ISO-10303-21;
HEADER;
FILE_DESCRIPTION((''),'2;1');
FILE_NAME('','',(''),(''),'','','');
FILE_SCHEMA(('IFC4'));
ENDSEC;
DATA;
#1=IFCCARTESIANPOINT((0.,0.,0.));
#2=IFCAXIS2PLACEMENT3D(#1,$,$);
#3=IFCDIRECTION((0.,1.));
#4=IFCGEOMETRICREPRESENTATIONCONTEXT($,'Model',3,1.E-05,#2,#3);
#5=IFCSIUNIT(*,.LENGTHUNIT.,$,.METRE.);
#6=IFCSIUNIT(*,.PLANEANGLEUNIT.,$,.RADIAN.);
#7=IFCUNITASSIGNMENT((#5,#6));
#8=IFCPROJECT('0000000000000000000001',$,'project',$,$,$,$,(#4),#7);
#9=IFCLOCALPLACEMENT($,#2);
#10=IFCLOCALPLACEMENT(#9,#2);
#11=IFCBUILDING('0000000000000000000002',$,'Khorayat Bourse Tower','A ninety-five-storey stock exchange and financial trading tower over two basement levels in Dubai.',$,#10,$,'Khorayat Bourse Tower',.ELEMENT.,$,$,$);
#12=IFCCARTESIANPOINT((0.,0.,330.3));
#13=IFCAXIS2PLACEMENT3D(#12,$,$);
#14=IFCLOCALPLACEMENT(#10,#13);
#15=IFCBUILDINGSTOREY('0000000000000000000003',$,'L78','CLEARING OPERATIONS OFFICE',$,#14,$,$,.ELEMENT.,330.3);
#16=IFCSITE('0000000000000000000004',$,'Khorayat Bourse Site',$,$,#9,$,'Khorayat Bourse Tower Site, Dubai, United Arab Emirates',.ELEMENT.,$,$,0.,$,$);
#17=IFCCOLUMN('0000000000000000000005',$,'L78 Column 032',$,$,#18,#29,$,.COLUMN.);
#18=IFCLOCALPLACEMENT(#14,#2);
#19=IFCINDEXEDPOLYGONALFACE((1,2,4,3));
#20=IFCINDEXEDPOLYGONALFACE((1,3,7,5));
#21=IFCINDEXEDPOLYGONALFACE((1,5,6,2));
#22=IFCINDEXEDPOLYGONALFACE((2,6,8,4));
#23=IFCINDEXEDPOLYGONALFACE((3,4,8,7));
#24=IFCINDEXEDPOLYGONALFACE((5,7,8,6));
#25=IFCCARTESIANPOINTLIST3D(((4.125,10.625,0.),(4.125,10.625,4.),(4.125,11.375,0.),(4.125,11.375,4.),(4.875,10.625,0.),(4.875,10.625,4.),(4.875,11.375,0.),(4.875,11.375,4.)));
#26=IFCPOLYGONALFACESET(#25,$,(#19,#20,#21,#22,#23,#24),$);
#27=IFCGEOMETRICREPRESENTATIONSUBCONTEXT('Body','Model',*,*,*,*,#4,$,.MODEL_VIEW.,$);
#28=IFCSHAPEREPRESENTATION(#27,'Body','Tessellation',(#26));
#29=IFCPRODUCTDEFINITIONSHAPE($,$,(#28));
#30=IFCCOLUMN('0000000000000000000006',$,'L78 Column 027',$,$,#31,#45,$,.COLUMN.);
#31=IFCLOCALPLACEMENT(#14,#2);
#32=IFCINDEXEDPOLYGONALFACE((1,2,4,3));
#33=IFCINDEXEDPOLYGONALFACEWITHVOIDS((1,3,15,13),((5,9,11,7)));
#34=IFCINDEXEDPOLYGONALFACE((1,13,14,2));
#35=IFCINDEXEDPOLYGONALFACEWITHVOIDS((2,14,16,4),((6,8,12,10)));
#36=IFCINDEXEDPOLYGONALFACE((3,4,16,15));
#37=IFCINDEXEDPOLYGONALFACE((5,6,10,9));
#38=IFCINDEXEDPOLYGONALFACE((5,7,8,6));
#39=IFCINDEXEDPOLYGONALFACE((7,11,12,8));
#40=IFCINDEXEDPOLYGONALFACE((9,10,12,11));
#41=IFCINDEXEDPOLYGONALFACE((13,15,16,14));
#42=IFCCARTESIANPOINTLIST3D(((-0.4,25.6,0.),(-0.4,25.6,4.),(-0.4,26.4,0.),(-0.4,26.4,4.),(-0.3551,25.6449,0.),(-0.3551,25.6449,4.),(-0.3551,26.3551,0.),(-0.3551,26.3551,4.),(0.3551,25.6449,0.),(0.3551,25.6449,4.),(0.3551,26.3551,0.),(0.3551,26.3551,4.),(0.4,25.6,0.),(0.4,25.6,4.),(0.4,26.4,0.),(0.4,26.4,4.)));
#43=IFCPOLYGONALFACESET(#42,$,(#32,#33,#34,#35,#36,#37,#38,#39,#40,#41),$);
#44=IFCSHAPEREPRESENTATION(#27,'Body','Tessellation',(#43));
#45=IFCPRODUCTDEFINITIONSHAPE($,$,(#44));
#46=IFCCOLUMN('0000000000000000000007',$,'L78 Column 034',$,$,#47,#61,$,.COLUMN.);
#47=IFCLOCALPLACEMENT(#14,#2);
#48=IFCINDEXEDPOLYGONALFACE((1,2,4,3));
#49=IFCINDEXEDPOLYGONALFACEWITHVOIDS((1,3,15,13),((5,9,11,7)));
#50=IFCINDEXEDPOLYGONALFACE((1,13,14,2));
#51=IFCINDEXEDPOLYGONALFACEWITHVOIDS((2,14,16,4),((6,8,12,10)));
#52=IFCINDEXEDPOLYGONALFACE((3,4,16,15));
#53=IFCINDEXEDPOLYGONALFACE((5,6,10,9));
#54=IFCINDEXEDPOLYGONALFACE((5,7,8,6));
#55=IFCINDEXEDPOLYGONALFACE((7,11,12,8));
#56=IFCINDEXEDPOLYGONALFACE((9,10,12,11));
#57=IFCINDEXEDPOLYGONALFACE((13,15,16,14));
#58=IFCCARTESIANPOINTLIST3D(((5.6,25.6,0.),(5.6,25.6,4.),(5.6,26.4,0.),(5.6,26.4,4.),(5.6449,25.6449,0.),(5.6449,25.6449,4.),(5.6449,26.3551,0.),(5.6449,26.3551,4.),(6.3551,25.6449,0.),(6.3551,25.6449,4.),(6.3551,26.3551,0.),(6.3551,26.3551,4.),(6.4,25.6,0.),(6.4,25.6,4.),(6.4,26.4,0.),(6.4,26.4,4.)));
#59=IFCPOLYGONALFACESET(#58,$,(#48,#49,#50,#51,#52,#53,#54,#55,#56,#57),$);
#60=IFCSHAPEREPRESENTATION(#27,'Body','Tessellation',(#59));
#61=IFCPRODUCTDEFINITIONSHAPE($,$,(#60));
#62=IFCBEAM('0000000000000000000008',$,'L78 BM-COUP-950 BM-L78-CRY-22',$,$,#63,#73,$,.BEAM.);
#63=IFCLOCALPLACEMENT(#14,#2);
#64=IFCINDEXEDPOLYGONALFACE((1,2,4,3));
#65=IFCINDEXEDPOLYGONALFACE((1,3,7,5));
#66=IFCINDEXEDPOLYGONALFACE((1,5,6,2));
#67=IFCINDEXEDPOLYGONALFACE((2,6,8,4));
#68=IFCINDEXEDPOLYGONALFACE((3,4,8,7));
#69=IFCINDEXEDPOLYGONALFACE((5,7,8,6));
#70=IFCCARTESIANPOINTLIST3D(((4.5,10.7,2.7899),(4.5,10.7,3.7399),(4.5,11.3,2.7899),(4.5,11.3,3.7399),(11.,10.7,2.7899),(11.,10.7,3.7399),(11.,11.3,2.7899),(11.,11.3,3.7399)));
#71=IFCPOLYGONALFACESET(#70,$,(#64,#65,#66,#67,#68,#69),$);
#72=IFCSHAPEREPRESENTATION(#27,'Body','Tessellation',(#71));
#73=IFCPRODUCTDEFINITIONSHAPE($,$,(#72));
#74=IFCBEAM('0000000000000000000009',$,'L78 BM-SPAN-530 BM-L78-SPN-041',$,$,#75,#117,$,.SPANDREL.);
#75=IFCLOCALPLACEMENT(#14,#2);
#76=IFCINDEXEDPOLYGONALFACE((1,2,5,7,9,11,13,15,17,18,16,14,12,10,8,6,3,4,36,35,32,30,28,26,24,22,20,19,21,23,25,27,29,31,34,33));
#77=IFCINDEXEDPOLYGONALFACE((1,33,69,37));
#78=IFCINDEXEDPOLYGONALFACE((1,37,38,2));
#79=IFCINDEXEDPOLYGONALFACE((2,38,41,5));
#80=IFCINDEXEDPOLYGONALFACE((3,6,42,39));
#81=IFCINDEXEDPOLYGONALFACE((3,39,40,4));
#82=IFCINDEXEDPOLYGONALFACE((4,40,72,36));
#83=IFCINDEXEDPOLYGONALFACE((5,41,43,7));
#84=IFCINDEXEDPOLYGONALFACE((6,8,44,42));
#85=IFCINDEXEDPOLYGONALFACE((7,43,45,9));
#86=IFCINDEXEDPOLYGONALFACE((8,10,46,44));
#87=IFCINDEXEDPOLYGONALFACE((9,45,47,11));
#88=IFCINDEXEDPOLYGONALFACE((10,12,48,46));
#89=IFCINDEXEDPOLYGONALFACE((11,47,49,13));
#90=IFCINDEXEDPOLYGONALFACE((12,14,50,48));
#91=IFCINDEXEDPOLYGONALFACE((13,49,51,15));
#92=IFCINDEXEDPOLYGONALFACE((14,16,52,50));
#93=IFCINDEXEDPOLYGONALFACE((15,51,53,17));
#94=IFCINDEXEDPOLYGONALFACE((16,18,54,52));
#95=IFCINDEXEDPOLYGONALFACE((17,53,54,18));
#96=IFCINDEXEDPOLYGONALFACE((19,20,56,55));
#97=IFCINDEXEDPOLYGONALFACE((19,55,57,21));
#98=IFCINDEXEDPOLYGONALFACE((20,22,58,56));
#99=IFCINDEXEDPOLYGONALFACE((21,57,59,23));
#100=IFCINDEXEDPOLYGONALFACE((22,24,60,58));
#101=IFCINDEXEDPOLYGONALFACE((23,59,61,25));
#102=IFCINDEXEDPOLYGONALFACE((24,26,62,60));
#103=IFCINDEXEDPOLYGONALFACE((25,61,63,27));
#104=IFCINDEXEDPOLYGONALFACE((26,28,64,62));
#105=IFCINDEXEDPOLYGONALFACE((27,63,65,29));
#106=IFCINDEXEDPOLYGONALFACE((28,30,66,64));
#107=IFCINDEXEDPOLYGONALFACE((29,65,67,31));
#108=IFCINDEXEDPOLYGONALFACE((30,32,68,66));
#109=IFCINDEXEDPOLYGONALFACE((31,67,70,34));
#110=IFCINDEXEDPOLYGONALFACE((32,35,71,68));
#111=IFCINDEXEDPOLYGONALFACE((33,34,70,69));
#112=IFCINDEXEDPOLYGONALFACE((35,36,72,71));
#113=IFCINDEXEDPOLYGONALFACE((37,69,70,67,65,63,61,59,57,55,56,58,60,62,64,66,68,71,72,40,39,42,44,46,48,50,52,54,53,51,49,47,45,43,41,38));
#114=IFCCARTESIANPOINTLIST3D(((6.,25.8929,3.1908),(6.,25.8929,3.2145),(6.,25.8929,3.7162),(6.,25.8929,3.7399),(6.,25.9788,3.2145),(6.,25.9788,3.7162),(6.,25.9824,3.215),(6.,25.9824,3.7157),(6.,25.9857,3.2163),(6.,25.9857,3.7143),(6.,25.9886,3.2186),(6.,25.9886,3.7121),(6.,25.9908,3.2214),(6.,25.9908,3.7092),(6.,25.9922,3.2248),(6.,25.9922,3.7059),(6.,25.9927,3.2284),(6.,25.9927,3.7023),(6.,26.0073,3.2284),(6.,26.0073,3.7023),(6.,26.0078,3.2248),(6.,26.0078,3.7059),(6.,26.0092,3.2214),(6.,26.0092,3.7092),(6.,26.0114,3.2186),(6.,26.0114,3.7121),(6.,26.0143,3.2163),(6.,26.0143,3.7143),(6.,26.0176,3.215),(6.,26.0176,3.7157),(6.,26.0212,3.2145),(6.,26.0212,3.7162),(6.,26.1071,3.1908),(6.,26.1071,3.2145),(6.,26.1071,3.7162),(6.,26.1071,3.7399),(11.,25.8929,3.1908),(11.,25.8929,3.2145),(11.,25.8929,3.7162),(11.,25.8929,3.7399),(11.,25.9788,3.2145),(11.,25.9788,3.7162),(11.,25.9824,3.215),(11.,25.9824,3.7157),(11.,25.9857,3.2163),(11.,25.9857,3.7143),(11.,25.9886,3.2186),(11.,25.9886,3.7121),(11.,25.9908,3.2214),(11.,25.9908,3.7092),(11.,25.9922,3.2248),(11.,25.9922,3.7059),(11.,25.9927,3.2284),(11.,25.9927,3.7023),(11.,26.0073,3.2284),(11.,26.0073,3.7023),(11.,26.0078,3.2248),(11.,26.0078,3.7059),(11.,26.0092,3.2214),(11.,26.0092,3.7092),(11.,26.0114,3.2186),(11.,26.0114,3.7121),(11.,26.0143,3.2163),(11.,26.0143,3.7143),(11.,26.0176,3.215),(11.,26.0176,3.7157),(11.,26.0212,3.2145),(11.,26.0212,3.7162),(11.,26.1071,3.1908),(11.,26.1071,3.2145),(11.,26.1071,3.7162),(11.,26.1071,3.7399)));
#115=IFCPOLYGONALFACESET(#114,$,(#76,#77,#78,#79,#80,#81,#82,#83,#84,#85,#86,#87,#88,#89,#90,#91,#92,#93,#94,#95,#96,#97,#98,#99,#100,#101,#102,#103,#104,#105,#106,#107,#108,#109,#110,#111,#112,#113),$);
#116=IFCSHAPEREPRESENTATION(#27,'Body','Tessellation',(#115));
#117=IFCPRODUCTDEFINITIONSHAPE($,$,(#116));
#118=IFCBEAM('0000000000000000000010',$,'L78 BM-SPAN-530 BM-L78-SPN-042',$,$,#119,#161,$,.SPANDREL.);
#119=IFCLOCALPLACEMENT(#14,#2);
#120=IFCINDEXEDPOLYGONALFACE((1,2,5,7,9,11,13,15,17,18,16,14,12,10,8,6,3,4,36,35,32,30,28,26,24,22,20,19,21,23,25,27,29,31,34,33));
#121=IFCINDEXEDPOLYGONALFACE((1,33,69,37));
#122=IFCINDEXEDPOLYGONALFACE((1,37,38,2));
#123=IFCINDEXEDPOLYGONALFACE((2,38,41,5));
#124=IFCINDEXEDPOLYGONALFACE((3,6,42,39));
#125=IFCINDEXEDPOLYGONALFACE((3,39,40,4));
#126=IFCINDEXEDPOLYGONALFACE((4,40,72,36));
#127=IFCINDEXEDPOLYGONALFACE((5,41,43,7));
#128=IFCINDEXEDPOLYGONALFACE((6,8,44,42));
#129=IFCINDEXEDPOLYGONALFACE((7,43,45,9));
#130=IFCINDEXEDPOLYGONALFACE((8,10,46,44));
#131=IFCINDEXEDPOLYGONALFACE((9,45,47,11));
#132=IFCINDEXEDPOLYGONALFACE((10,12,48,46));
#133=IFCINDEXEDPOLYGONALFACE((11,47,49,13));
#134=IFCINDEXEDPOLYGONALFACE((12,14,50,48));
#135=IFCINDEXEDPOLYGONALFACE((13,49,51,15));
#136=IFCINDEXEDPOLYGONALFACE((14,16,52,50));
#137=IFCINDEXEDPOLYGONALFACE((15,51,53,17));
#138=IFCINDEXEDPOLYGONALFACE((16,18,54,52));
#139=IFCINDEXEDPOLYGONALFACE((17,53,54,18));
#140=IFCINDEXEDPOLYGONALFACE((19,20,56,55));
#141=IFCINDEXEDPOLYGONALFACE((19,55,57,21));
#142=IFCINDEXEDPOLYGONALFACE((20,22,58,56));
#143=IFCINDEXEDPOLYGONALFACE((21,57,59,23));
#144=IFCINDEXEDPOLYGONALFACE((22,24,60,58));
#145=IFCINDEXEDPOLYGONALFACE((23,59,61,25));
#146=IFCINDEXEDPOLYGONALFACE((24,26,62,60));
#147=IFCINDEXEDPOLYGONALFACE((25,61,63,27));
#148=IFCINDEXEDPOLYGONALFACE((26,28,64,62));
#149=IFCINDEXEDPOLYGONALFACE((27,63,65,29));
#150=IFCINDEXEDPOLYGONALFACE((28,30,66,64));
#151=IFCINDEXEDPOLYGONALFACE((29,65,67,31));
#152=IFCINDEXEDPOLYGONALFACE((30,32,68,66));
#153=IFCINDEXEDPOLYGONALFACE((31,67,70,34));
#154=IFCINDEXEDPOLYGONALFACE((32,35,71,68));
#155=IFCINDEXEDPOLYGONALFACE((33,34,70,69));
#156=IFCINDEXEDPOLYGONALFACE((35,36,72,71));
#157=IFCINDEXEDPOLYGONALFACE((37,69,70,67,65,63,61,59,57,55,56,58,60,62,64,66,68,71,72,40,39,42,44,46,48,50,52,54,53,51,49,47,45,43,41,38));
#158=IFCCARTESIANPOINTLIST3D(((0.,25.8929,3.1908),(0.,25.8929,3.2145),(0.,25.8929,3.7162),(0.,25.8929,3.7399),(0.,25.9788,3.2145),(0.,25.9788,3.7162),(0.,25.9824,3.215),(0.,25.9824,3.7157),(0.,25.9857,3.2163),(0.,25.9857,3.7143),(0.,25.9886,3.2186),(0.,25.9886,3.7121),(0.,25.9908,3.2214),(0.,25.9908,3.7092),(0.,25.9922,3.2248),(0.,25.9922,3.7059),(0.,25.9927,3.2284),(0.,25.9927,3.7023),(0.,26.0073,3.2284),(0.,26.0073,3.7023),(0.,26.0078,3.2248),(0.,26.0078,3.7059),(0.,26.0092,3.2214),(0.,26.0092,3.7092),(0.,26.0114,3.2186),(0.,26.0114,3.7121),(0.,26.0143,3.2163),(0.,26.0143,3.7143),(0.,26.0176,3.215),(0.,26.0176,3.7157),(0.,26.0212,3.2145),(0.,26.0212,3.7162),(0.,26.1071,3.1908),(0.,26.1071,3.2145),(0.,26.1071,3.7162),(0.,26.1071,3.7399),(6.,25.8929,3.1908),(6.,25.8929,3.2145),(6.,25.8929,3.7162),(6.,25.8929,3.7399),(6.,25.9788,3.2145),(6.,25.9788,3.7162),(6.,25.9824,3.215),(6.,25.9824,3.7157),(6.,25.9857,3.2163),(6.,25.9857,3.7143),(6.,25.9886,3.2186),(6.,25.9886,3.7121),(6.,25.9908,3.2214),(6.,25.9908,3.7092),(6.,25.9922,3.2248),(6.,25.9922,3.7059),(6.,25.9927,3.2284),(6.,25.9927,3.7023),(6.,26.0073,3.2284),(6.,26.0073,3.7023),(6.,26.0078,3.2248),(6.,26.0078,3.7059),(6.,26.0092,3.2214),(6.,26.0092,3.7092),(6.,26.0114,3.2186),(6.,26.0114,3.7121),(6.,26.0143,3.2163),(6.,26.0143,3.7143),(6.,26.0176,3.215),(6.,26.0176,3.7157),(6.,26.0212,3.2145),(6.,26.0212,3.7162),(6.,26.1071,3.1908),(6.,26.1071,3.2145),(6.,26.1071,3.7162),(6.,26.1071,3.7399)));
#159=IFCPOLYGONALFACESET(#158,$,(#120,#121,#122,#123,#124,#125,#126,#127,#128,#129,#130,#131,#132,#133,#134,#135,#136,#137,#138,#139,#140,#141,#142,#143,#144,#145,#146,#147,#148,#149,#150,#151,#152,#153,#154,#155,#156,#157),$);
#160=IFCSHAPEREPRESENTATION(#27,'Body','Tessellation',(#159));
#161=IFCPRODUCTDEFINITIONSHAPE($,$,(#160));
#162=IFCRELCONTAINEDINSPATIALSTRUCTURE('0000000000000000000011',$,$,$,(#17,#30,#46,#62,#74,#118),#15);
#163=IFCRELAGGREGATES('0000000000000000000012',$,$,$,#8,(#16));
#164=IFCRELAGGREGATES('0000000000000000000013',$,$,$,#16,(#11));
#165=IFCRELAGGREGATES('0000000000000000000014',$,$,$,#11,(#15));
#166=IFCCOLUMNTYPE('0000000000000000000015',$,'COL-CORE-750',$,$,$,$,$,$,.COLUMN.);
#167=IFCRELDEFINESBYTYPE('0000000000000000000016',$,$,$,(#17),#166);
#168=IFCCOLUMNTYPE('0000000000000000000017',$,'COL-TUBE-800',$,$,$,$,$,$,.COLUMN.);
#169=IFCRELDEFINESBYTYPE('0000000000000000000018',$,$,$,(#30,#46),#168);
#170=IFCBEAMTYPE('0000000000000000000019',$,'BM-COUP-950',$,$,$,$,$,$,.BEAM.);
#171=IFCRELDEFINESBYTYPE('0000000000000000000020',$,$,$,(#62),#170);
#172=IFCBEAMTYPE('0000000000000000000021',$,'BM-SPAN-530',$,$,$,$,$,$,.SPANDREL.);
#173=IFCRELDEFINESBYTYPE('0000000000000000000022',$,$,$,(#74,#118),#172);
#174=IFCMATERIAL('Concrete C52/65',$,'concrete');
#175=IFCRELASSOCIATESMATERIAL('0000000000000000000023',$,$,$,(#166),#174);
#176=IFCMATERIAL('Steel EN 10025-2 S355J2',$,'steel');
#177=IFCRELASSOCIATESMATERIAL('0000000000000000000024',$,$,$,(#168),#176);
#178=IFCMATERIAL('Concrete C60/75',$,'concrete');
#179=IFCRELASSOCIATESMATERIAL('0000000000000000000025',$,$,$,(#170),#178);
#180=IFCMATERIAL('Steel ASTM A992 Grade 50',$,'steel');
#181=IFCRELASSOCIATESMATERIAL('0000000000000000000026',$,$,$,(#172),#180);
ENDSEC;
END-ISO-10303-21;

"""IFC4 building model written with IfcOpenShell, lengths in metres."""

from ifc_helpers import new_model, si_unit, direction, frame, origin, origin_2d, place, context, subcontext, project, spatial, rectangle, hollow_rectangle, i_section, extrude, source, transform, mapped, material, material_profile, profile_set, type_object, element, save


model = new_model("IFC4")

# Units and contexts
model_context = context("Model", 3, precision=1e-05, world=origin(), true_north=direction((0.0, 1.0)))
body_context = subcontext(model_context, "Body", "Model", "MODEL_VIEW")
ifc_project = project(units=[si_unit("LENGTHUNIT", "METRE"), si_unit("PLANEANGLEUNIT", "RADIAN")], contexts=[model_context])

# Site, building, storey
site_placement = place(None, origin())
site = spatial("IfcSite", under=ifc_project, at=site_placement, Name="Khorayat Bourse Site", LongName="Khorayat Bourse Tower Site, Dubai, United Arab Emirates", CompositionType="ELEMENT", RefElevation=0.0)
building_placement = place(site_placement, origin())
building = spatial("IfcBuilding", under=site, at=building_placement, Name="Khorayat Bourse Tower", Description="A ninety-five-storey stock exchange and financial trading tower over two basement levels in Dubai.", LongName="Khorayat Bourse Tower", CompositionType="ELEMENT")
storey_placement = place(building_placement, frame((0.0, 0.0, 330.3)))
storey = spatial("IfcBuildingStorey", under=building, at=storey_placement, Name="L78", Description="CLEARING OPERATIONS OFFICE", CompositionType="ELEMENT", Elevation=330.3)

# Columns
ifc_material_1 = material(Name="Concrete C52/65", Category="concrete")
ifc_material_profile_1 = material_profile(ifc_material_1, rectangle(XDim=0.75, YDim=0.75, at=origin_2d()), Name="RC 750x750")
ifc_profile_set_1 = profile_set([ifc_material_profile_1], Name="Concrete C52/65")
column_type_1 = type_object("IfcColumnType", Name="COL-CORE-750", PredefinedType="COLUMN", material=ifc_profile_set_1)
shared_shape_1 = source(origin(), body_context, "Body", "SweptSolid", [
    extrude(rectangle(XDim=0.75, YDim=0.75, at=origin_2d()), origin(), (0.0, 0.0, 1.0), 4.0),
])
column_placement = place(storey_placement, frame((4.5, 11.0, 0.0), z_axis=(0.0, 0.0, 1.0), x_axis=(1.0, 0.0, 0.0)))
element("IfcColumn", 1, at=column_placement, inside=storey, type_object=column_type_1, Name="L78 Column 032", PredefinedType="COLUMN", context=body_context, shape_type="MappedRepresentation", body=[
    mapped(shared_shape_1, transform((0.0, 0.0, 0.0), scale=1.0)),
])
ifc_material_2 = material(Name="Steel EN 10025-2 S355J2", Category="steel")
ifc_material_profile_2 = material_profile(ifc_material_2, hollow_rectangle(XDim=0.8, YDim=0.8, WallThickness=0.0449, at=origin_2d()), Name="BOX 800x800x45")
ifc_profile_set_2 = profile_set([ifc_material_profile_2], Name="Steel EN 10025-2 S355J2")
column_type_2 = type_object("IfcColumnType", Name="COL-TUBE-800", PredefinedType="COLUMN", material=ifc_profile_set_2)
shared_shape_2 = source(origin(), body_context, "Body", "SweptSolid", [
    extrude(hollow_rectangle(XDim=0.8, YDim=0.8, WallThickness=0.0449, at=origin_2d()), origin(), (0.0, 0.0, 1.0), 4.0),
])
for number, where, z_axis, x_axis, name in (
    (2, (0.0, 26.0, 0.0), (0.0, 0.0, 1.0), (1.0, 0.0, 0.0), "L78 Column 027"),
    (3, (6.0, 26.0, 0.0), (0.0, 0.0, 1.0), (1.0, 0.0, 0.0), "L78 Column 034"),
):
    element("IfcColumn", number, at=place(storey_placement, frame(where, z_axis=z_axis, x_axis=x_axis)), inside=storey, type_object=column_type_2, Name=name, PredefinedType="COLUMN", context=body_context, shape_type="MappedRepresentation", body=[
        mapped(shared_shape_2, transform((0.0, 0.0, 0.0), scale=1.0)),
    ])

# Beams
ifc_material_3 = material(Name="Concrete C60/75", Category="concrete")
ifc_material_profile_3 = material_profile(ifc_material_3, rectangle(XDim=0.6001, YDim=0.95, at=origin_2d()), Name="RC 600x950")
ifc_profile_set_3 = profile_set([ifc_material_profile_3], Name="Concrete C60/75")
beam_type_1 = type_object("IfcBeamType", Name="BM-COUP-950", PredefinedType="BEAM", material=ifc_profile_set_3)
shared_shape_3 = source(origin(), body_context, "Body", "SweptSolid", [
    extrude(rectangle(XDim=0.6001, YDim=0.95, at=origin_2d()), origin(), (0.0, 0.0, 1.0), 6.5),
])
beam_1_placement = place(storey_placement, frame((4.5, 11.0, 3.2649), z_axis=(1.0, 0.0, 0.0), x_axis=(0.0, 1.0, 0.0)))
element("IfcBeam", 4, at=beam_1_placement, inside=storey, type_object=beam_type_1, Name="L78 BM-COUP-950 BM-L78-CRY-22", PredefinedType="BEAM", context=body_context, shape_type="MappedRepresentation", body=[
    mapped(shared_shape_3, transform((0.0, 0.0, 0.0), scale=1.0)),
])
ifc_material_4 = material(Name="Steel ASTM A992 Grade 50", Category="steel")
ifc_material_profile_4 = material_profile(ifc_material_4, i_section(OverallWidth=0.2141, OverallDepth=0.5491, WebThickness=0.0146, FlangeThickness=0.0237, FilletRadius=0.0139, at=origin_2d()), Name="W530X138")
ifc_profile_set_4 = profile_set([ifc_material_profile_4], Name="Steel ASTM A992 Grade 50")
beam_type_2 = type_object("IfcBeamType", Name="BM-SPAN-530", PredefinedType="SPANDREL", material=ifc_profile_set_4)
shared_shape_4 = source(origin(), body_context, "Body", "SweptSolid", [
    extrude(i_section(OverallWidth=0.2141, OverallDepth=0.5491, WebThickness=0.0146, FlangeThickness=0.0237, FilletRadius=0.0139, at=origin_2d()), origin(), (0.0, 0.0, 1.0), 5.0),
])
beam_2_placement = place(storey_placement, frame((6.0, 26.0, 3.4653), z_axis=(1.0, 0.0, 0.0), x_axis=(0.0, 1.0, 0.0)))
element("IfcBeam", 5, at=beam_2_placement, inside=storey, type_object=beam_type_2, Name="L78 BM-SPAN-530 BM-L78-SPN-041", PredefinedType="SPANDREL", context=body_context, shape_type="MappedRepresentation", body=[
    mapped(shared_shape_4, transform((0.0, 0.0, 0.0), scale=1.0)),
])
shared_shape_5 = source(origin(), body_context, "Body", "SweptSolid", [
    extrude(i_section(OverallWidth=0.2141, OverallDepth=0.5491, WebThickness=0.0146, FlangeThickness=0.0237, FilletRadius=0.0139, at=origin_2d()), origin(), (0.0, 0.0, 1.0), 6.0),
])
beam_3_placement = place(storey_placement, frame((0.0, 26.0, 3.4653), z_axis=(1.0, 0.0, 0.0), x_axis=(0.0, 1.0, 0.0)))
element("IfcBeam", 6, at=beam_3_placement, inside=storey, type_object=beam_type_2, Name="L78 BM-SPAN-530 BM-L78-SPN-042", PredefinedType="SPANDREL", context=body_context, shape_type="MappedRepresentation", body=[
    mapped(shared_shape_5, transform((0.0, 0.0, 0.0), scale=1.0)),
])

save(model, "model.ifc")
